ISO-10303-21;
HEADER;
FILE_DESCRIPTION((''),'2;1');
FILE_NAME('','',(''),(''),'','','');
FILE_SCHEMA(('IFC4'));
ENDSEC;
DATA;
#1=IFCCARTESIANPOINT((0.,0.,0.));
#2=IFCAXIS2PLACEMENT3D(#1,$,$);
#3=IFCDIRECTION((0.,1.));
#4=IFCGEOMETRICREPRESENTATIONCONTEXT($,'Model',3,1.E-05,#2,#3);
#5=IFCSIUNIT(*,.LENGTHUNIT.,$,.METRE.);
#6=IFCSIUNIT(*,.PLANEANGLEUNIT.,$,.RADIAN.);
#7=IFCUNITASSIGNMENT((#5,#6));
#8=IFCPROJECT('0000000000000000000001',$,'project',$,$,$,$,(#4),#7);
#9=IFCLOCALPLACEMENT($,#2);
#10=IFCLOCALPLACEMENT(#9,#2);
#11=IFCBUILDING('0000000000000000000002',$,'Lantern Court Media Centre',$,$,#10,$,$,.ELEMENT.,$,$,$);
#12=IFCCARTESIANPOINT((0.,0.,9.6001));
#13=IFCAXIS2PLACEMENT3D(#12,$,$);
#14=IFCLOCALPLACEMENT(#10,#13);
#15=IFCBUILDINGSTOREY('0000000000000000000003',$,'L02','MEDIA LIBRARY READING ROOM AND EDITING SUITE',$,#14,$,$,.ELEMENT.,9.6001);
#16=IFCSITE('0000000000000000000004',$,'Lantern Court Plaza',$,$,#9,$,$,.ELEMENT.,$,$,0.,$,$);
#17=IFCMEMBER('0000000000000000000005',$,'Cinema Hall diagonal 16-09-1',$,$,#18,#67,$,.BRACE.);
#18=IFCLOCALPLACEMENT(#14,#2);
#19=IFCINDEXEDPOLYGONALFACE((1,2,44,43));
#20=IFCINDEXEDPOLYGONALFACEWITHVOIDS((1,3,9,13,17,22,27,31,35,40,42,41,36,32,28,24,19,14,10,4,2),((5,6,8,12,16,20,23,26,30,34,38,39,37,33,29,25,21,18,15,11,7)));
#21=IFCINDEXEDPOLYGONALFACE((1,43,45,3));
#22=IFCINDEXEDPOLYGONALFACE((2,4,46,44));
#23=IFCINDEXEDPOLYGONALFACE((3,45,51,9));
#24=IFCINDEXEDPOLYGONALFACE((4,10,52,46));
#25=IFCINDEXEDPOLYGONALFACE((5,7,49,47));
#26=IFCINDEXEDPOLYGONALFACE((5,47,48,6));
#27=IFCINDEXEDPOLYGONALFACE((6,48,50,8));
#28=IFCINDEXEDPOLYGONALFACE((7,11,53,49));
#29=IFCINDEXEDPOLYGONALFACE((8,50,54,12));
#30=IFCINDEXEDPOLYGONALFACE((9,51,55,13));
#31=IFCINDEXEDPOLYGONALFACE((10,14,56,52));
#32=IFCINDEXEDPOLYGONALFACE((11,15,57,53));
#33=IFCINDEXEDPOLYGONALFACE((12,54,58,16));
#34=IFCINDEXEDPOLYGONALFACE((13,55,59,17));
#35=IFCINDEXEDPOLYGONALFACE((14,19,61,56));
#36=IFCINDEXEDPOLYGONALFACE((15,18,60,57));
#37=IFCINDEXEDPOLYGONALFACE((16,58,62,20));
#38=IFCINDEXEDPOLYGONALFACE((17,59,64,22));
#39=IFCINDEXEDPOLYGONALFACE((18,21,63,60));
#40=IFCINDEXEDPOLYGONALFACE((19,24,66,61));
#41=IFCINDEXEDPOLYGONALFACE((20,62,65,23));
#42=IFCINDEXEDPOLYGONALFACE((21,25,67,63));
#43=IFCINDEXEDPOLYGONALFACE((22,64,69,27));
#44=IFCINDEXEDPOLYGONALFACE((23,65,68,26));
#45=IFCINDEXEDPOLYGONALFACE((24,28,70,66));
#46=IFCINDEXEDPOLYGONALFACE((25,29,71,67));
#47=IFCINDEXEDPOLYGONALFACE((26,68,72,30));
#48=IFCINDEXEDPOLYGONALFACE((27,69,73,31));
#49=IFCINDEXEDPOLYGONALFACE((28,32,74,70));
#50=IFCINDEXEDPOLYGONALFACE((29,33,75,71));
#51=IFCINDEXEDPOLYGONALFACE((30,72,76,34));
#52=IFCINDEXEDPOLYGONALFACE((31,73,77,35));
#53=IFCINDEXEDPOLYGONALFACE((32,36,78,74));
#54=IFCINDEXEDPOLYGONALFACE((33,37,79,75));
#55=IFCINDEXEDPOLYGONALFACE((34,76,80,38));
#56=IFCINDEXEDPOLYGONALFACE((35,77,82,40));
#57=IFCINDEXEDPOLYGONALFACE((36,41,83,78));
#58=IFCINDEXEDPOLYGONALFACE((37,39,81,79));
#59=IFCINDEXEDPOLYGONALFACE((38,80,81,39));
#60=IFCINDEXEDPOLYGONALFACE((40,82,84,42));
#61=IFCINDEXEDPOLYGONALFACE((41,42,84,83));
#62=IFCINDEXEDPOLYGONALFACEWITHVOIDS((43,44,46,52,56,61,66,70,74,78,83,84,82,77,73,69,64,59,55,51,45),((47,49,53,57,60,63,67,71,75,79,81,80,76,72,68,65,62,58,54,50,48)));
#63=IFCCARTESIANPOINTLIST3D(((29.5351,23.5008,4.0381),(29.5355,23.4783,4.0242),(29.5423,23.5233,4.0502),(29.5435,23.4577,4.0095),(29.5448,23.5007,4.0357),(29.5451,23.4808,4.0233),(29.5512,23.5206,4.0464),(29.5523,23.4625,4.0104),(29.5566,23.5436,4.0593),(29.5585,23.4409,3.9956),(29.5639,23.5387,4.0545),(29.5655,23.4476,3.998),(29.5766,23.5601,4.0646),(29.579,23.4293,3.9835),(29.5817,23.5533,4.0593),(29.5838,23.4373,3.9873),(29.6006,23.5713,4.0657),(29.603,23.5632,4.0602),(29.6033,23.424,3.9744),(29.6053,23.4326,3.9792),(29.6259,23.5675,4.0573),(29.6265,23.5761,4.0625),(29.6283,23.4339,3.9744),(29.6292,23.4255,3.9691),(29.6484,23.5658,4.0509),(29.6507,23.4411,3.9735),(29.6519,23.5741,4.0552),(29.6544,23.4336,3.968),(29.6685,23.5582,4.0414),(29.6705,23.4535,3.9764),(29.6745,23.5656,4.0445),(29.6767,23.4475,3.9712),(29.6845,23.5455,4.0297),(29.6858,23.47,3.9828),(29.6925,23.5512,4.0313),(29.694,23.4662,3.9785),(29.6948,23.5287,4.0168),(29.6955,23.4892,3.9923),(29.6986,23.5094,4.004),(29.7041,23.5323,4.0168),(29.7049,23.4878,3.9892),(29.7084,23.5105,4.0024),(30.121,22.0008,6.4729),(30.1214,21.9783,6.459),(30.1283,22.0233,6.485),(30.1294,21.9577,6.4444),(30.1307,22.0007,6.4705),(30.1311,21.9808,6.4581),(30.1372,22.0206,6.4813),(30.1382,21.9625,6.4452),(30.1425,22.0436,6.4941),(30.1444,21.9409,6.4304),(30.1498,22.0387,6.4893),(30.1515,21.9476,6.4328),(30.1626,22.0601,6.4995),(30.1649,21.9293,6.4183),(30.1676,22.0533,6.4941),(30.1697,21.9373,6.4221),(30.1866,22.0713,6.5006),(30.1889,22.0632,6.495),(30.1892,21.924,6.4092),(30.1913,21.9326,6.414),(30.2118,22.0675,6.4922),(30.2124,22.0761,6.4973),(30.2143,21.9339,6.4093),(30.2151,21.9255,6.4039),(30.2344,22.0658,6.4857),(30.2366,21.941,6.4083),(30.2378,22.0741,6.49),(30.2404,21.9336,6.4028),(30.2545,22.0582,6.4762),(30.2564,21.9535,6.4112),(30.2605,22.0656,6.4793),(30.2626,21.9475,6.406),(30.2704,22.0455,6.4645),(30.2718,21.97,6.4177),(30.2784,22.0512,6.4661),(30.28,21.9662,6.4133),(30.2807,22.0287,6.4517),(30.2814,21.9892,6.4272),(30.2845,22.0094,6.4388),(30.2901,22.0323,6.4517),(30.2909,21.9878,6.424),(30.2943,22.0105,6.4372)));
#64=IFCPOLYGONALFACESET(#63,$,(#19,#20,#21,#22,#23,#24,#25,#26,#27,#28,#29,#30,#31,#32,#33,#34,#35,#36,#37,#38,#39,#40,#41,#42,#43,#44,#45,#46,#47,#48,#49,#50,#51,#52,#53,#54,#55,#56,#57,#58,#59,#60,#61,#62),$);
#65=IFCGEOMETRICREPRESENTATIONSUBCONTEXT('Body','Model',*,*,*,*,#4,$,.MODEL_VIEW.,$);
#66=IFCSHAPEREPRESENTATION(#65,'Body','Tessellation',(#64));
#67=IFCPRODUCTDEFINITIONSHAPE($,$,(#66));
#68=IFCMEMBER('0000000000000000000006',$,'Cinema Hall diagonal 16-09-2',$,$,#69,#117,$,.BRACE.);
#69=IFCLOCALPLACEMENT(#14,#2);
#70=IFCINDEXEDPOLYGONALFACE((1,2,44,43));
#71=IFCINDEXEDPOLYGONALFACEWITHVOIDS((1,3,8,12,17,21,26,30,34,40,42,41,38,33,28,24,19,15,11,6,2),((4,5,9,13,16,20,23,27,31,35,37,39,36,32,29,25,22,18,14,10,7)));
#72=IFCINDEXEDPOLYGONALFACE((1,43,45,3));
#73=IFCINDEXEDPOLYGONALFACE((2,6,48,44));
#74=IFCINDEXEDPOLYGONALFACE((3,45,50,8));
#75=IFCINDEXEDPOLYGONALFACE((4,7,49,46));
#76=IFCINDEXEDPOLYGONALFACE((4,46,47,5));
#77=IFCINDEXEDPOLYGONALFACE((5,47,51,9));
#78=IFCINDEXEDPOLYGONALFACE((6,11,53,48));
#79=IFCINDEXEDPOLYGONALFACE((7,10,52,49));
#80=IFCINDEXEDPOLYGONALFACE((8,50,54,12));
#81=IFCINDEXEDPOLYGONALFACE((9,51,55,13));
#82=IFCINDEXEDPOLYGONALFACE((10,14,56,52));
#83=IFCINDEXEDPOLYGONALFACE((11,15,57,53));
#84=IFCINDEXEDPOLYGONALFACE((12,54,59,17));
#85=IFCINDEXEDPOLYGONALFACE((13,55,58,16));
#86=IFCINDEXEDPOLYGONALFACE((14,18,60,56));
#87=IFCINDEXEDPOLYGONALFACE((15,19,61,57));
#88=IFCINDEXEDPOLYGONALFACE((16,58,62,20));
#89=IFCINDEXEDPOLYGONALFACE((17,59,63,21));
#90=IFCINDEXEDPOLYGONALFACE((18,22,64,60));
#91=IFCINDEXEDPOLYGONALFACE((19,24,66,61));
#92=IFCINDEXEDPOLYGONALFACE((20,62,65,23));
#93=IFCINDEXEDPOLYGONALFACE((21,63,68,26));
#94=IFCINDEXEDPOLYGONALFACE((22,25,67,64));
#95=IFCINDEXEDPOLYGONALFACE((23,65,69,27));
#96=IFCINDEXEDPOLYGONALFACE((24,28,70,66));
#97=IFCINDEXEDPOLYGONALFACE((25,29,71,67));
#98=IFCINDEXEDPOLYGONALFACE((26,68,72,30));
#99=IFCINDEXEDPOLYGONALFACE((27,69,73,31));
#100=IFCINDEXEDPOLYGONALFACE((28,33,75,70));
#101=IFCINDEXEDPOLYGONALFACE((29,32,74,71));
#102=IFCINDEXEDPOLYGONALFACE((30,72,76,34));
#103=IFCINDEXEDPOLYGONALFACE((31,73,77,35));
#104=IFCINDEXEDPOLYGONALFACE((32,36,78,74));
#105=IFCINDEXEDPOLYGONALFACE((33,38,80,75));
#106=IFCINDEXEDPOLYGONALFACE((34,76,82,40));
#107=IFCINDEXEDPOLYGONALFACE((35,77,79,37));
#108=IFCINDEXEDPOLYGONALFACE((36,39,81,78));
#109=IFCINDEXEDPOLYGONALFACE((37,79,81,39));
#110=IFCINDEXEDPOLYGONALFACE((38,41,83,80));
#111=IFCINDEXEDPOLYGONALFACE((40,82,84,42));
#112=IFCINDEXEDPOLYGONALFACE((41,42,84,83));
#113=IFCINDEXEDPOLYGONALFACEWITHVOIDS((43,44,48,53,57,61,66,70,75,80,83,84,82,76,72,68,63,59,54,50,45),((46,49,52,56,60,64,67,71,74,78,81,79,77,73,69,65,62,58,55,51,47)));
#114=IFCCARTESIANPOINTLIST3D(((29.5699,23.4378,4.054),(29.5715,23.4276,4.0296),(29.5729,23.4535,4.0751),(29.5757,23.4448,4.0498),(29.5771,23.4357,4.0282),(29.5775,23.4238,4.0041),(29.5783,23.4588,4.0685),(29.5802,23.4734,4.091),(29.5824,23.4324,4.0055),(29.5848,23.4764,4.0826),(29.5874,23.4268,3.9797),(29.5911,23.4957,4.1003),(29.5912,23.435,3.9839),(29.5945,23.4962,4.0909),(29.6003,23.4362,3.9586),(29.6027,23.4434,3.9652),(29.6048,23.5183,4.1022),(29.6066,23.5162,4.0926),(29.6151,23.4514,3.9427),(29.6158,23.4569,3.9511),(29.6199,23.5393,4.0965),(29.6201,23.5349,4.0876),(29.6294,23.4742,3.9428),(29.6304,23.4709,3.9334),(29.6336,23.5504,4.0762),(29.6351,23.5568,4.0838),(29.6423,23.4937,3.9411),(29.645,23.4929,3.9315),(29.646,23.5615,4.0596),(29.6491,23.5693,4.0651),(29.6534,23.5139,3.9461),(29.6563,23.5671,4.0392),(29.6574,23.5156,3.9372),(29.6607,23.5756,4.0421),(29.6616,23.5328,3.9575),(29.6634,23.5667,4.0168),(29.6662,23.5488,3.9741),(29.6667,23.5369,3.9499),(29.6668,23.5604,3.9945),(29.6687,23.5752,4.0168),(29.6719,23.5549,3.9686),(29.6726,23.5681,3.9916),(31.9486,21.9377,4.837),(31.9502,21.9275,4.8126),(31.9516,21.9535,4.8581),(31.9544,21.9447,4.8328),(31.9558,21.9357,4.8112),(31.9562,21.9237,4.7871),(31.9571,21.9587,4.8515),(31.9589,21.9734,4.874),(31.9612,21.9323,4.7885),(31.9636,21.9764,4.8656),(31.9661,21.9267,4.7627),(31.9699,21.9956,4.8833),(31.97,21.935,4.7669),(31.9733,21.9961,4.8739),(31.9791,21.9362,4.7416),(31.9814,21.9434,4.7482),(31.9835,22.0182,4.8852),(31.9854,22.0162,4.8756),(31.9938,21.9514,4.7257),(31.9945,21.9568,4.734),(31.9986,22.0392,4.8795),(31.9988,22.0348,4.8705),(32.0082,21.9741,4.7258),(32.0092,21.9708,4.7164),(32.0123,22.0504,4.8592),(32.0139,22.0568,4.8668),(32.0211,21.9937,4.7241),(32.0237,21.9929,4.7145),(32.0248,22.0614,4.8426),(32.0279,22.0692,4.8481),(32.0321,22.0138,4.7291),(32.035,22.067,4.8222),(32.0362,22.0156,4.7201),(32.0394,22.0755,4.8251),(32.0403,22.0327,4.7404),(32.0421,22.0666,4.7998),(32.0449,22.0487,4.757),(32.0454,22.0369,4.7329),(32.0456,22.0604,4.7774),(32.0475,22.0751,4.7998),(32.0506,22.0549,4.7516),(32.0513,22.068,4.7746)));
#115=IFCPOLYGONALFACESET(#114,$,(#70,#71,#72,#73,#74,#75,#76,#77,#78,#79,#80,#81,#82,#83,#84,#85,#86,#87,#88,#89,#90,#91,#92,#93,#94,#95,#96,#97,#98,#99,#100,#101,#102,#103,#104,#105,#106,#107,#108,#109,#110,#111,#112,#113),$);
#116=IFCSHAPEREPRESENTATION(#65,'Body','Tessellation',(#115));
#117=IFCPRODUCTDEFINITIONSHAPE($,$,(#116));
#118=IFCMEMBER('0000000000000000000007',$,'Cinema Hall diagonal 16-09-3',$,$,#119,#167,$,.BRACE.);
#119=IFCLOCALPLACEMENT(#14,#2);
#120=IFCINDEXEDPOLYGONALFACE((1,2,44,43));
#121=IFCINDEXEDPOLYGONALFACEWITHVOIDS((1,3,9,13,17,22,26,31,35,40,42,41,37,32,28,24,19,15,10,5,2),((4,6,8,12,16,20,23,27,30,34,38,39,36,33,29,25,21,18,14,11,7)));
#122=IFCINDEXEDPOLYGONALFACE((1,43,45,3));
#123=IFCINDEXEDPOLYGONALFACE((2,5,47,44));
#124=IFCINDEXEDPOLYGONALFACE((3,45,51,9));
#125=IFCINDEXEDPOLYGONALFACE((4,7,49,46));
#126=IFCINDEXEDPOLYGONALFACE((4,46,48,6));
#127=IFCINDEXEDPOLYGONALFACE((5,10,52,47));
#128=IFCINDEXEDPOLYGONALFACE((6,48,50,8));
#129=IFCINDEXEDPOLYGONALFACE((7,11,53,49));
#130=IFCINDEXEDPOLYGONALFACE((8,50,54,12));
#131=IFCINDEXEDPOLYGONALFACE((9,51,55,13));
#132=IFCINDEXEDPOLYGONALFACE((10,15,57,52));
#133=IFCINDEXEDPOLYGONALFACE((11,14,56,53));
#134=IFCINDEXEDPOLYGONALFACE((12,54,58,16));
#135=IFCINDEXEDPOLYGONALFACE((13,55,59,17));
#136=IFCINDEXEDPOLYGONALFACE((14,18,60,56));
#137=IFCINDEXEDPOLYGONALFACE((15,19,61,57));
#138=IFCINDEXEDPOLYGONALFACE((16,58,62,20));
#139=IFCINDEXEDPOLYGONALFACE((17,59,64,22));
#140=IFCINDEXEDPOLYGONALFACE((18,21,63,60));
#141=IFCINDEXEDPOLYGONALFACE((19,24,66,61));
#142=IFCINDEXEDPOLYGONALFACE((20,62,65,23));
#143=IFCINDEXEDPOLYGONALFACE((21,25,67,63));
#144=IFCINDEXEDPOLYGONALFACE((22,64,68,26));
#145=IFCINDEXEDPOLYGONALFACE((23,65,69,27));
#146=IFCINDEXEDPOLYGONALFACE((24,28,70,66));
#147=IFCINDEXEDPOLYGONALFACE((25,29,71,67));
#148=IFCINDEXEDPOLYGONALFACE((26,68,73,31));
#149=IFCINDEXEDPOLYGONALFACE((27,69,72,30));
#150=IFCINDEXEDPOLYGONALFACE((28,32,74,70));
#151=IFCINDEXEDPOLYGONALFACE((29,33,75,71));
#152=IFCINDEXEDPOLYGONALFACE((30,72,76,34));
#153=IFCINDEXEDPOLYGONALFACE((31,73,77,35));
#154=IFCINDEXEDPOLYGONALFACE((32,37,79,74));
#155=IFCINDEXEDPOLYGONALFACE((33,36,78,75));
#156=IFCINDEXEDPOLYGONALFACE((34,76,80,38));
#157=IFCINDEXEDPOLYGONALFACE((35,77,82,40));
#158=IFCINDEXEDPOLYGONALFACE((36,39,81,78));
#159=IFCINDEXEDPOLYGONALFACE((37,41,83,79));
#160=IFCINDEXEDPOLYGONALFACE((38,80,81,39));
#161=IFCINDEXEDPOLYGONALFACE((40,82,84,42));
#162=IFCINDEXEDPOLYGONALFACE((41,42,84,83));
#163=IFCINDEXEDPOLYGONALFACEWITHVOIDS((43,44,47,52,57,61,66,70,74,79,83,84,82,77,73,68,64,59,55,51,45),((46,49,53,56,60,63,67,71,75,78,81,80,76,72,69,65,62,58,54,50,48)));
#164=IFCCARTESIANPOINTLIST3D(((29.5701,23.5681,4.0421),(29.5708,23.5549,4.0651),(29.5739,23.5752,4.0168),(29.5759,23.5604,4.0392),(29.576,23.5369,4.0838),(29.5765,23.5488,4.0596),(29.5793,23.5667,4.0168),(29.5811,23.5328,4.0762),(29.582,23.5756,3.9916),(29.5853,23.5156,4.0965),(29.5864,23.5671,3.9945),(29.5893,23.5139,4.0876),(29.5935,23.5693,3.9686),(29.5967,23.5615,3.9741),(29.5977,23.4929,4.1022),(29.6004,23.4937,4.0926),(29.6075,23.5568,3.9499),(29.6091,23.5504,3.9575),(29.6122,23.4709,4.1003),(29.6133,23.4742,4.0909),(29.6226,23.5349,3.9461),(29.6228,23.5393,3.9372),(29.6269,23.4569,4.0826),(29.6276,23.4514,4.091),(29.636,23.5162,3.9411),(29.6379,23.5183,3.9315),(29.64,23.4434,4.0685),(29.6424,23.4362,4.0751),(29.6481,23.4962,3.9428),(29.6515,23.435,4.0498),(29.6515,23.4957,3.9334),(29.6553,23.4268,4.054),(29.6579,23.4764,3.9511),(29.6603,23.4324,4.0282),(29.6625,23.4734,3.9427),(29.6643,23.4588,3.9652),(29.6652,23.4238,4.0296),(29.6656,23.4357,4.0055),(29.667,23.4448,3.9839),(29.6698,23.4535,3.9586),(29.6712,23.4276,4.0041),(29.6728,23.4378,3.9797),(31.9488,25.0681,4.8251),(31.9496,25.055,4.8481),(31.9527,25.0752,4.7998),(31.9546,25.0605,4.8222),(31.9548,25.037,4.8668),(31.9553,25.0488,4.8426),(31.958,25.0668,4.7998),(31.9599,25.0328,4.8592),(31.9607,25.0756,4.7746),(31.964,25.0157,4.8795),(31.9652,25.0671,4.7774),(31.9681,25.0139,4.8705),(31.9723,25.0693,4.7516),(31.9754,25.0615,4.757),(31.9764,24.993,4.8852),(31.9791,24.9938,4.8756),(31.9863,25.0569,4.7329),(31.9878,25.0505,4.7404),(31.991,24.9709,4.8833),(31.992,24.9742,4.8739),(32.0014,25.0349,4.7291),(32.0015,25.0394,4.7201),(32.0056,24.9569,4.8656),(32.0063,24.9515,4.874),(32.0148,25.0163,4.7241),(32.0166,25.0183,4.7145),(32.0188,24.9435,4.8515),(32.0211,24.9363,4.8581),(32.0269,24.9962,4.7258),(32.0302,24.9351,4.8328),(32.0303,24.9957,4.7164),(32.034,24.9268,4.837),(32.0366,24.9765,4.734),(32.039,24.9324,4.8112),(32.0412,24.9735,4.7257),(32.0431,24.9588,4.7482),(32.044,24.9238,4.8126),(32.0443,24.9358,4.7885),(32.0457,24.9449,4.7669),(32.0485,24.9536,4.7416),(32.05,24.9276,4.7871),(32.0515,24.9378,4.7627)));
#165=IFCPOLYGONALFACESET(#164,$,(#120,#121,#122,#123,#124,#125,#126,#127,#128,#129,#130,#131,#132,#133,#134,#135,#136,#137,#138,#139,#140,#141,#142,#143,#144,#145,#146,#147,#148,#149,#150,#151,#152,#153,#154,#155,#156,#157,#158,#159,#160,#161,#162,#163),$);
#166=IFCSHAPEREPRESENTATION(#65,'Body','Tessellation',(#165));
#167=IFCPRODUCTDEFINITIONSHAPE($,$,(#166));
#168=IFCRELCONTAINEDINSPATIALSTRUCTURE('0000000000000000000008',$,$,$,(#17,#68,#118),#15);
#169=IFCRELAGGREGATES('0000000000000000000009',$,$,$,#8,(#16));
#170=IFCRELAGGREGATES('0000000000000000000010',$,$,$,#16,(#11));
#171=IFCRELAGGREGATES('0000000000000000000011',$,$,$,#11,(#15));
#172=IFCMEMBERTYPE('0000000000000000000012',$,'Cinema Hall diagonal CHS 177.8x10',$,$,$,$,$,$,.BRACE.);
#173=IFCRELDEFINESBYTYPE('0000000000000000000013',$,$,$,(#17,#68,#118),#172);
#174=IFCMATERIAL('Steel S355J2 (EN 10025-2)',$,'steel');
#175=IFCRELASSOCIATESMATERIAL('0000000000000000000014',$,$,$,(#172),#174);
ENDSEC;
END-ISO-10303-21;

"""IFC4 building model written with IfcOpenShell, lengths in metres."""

from ifc_helpers import new_model, si_unit, direction, frame, origin, origin_2d, place, context, subcontext, project, spatial, hollow_circle, extrude, material, material_profile, profile_set, type_object, element, save


model = new_model("IFC4")

# Units and contexts
model_context = context("Model", 3, precision=1e-05, world=origin(), true_north=direction((0.0, 1.0)))
body_context = subcontext(model_context, "Body", "Model", "MODEL_VIEW")
ifc_project = project(units=[si_unit("LENGTHUNIT", "METRE"), si_unit("PLANEANGLEUNIT", "RADIAN")], contexts=[model_context])

# Site, building, storey
site_placement = place(None, origin())
site = spatial("IfcSite", under=ifc_project, at=site_placement, Name="Lantern Court Plaza", CompositionType="ELEMENT", RefElevation=0.0)
building_placement = place(site_placement, origin())
building = spatial("IfcBuilding", under=site, at=building_placement, Name="Lantern Court Media Centre", CompositionType="ELEMENT")
storey_placement = place(building_placement, frame((0.0, 0.0, 9.6001)))
storey = spatial("IfcBuildingStorey", under=building, at=storey_placement, Name="L02", Description="MEDIA LIBRARY READING ROOM AND EDITING SUITE", CompositionType="ELEMENT", Elevation=9.6001)

# Members
ifc_material_1 = material(Name="Steel S355J2 (EN 10025-2)", Category="steel")
ifc_material_profile_1 = material_profile(ifc_material_1, hollow_circle(Radius=0.0889, WallThickness=0.01, at=origin_2d()), Name="Cinema Hall diagonal CHS 177.8x10")
ifc_profile_set_1 = profile_set([ifc_material_profile_1], Name="Steel S355J2 (EN 10025-2)")
member_type_1 = type_object("IfcMemberType", Name="Cinema Hall diagonal CHS 177.8x10", PredefinedType="BRACE", material=ifc_profile_set_1)
for number, where, z_axis, x_axis, name in (
    (1, (29.6213, 23.5, 4.0168), (0.20072, -0.513842, 0.834073), (0.931457, 0.363851, 0.0), "Cinema Hall diagonal 16-09-1"),
    (2, (29.6213, 23.5, 4.0168), (0.814866, -0.51386, 0.268221), (0.533405, 0.84586, 0.0), "Cinema Hall diagonal 16-09-2"),
    (3, (29.6213, 23.5, 4.0168), (0.814866, 0.51386, 0.268221), (-0.533405, 0.84586, 0.0), "Cinema Hall diagonal 16-09-3"),
):
    element("IfcMember", number, at=place(storey_placement, frame(where, z_axis=z_axis, x_axis=x_axis)), inside=storey, type_object=member_type_1, Name=name, PredefinedType="BRACE", context=body_context, shape_type="SweptSolid", body=[
        extrude(hollow_circle(Radius=0.0889, WallThickness=0.01, at=origin_2d()), origin(), (0.0, 0.0, 1.0), 2.9192),
    ])

save(model, "model.ifc")
